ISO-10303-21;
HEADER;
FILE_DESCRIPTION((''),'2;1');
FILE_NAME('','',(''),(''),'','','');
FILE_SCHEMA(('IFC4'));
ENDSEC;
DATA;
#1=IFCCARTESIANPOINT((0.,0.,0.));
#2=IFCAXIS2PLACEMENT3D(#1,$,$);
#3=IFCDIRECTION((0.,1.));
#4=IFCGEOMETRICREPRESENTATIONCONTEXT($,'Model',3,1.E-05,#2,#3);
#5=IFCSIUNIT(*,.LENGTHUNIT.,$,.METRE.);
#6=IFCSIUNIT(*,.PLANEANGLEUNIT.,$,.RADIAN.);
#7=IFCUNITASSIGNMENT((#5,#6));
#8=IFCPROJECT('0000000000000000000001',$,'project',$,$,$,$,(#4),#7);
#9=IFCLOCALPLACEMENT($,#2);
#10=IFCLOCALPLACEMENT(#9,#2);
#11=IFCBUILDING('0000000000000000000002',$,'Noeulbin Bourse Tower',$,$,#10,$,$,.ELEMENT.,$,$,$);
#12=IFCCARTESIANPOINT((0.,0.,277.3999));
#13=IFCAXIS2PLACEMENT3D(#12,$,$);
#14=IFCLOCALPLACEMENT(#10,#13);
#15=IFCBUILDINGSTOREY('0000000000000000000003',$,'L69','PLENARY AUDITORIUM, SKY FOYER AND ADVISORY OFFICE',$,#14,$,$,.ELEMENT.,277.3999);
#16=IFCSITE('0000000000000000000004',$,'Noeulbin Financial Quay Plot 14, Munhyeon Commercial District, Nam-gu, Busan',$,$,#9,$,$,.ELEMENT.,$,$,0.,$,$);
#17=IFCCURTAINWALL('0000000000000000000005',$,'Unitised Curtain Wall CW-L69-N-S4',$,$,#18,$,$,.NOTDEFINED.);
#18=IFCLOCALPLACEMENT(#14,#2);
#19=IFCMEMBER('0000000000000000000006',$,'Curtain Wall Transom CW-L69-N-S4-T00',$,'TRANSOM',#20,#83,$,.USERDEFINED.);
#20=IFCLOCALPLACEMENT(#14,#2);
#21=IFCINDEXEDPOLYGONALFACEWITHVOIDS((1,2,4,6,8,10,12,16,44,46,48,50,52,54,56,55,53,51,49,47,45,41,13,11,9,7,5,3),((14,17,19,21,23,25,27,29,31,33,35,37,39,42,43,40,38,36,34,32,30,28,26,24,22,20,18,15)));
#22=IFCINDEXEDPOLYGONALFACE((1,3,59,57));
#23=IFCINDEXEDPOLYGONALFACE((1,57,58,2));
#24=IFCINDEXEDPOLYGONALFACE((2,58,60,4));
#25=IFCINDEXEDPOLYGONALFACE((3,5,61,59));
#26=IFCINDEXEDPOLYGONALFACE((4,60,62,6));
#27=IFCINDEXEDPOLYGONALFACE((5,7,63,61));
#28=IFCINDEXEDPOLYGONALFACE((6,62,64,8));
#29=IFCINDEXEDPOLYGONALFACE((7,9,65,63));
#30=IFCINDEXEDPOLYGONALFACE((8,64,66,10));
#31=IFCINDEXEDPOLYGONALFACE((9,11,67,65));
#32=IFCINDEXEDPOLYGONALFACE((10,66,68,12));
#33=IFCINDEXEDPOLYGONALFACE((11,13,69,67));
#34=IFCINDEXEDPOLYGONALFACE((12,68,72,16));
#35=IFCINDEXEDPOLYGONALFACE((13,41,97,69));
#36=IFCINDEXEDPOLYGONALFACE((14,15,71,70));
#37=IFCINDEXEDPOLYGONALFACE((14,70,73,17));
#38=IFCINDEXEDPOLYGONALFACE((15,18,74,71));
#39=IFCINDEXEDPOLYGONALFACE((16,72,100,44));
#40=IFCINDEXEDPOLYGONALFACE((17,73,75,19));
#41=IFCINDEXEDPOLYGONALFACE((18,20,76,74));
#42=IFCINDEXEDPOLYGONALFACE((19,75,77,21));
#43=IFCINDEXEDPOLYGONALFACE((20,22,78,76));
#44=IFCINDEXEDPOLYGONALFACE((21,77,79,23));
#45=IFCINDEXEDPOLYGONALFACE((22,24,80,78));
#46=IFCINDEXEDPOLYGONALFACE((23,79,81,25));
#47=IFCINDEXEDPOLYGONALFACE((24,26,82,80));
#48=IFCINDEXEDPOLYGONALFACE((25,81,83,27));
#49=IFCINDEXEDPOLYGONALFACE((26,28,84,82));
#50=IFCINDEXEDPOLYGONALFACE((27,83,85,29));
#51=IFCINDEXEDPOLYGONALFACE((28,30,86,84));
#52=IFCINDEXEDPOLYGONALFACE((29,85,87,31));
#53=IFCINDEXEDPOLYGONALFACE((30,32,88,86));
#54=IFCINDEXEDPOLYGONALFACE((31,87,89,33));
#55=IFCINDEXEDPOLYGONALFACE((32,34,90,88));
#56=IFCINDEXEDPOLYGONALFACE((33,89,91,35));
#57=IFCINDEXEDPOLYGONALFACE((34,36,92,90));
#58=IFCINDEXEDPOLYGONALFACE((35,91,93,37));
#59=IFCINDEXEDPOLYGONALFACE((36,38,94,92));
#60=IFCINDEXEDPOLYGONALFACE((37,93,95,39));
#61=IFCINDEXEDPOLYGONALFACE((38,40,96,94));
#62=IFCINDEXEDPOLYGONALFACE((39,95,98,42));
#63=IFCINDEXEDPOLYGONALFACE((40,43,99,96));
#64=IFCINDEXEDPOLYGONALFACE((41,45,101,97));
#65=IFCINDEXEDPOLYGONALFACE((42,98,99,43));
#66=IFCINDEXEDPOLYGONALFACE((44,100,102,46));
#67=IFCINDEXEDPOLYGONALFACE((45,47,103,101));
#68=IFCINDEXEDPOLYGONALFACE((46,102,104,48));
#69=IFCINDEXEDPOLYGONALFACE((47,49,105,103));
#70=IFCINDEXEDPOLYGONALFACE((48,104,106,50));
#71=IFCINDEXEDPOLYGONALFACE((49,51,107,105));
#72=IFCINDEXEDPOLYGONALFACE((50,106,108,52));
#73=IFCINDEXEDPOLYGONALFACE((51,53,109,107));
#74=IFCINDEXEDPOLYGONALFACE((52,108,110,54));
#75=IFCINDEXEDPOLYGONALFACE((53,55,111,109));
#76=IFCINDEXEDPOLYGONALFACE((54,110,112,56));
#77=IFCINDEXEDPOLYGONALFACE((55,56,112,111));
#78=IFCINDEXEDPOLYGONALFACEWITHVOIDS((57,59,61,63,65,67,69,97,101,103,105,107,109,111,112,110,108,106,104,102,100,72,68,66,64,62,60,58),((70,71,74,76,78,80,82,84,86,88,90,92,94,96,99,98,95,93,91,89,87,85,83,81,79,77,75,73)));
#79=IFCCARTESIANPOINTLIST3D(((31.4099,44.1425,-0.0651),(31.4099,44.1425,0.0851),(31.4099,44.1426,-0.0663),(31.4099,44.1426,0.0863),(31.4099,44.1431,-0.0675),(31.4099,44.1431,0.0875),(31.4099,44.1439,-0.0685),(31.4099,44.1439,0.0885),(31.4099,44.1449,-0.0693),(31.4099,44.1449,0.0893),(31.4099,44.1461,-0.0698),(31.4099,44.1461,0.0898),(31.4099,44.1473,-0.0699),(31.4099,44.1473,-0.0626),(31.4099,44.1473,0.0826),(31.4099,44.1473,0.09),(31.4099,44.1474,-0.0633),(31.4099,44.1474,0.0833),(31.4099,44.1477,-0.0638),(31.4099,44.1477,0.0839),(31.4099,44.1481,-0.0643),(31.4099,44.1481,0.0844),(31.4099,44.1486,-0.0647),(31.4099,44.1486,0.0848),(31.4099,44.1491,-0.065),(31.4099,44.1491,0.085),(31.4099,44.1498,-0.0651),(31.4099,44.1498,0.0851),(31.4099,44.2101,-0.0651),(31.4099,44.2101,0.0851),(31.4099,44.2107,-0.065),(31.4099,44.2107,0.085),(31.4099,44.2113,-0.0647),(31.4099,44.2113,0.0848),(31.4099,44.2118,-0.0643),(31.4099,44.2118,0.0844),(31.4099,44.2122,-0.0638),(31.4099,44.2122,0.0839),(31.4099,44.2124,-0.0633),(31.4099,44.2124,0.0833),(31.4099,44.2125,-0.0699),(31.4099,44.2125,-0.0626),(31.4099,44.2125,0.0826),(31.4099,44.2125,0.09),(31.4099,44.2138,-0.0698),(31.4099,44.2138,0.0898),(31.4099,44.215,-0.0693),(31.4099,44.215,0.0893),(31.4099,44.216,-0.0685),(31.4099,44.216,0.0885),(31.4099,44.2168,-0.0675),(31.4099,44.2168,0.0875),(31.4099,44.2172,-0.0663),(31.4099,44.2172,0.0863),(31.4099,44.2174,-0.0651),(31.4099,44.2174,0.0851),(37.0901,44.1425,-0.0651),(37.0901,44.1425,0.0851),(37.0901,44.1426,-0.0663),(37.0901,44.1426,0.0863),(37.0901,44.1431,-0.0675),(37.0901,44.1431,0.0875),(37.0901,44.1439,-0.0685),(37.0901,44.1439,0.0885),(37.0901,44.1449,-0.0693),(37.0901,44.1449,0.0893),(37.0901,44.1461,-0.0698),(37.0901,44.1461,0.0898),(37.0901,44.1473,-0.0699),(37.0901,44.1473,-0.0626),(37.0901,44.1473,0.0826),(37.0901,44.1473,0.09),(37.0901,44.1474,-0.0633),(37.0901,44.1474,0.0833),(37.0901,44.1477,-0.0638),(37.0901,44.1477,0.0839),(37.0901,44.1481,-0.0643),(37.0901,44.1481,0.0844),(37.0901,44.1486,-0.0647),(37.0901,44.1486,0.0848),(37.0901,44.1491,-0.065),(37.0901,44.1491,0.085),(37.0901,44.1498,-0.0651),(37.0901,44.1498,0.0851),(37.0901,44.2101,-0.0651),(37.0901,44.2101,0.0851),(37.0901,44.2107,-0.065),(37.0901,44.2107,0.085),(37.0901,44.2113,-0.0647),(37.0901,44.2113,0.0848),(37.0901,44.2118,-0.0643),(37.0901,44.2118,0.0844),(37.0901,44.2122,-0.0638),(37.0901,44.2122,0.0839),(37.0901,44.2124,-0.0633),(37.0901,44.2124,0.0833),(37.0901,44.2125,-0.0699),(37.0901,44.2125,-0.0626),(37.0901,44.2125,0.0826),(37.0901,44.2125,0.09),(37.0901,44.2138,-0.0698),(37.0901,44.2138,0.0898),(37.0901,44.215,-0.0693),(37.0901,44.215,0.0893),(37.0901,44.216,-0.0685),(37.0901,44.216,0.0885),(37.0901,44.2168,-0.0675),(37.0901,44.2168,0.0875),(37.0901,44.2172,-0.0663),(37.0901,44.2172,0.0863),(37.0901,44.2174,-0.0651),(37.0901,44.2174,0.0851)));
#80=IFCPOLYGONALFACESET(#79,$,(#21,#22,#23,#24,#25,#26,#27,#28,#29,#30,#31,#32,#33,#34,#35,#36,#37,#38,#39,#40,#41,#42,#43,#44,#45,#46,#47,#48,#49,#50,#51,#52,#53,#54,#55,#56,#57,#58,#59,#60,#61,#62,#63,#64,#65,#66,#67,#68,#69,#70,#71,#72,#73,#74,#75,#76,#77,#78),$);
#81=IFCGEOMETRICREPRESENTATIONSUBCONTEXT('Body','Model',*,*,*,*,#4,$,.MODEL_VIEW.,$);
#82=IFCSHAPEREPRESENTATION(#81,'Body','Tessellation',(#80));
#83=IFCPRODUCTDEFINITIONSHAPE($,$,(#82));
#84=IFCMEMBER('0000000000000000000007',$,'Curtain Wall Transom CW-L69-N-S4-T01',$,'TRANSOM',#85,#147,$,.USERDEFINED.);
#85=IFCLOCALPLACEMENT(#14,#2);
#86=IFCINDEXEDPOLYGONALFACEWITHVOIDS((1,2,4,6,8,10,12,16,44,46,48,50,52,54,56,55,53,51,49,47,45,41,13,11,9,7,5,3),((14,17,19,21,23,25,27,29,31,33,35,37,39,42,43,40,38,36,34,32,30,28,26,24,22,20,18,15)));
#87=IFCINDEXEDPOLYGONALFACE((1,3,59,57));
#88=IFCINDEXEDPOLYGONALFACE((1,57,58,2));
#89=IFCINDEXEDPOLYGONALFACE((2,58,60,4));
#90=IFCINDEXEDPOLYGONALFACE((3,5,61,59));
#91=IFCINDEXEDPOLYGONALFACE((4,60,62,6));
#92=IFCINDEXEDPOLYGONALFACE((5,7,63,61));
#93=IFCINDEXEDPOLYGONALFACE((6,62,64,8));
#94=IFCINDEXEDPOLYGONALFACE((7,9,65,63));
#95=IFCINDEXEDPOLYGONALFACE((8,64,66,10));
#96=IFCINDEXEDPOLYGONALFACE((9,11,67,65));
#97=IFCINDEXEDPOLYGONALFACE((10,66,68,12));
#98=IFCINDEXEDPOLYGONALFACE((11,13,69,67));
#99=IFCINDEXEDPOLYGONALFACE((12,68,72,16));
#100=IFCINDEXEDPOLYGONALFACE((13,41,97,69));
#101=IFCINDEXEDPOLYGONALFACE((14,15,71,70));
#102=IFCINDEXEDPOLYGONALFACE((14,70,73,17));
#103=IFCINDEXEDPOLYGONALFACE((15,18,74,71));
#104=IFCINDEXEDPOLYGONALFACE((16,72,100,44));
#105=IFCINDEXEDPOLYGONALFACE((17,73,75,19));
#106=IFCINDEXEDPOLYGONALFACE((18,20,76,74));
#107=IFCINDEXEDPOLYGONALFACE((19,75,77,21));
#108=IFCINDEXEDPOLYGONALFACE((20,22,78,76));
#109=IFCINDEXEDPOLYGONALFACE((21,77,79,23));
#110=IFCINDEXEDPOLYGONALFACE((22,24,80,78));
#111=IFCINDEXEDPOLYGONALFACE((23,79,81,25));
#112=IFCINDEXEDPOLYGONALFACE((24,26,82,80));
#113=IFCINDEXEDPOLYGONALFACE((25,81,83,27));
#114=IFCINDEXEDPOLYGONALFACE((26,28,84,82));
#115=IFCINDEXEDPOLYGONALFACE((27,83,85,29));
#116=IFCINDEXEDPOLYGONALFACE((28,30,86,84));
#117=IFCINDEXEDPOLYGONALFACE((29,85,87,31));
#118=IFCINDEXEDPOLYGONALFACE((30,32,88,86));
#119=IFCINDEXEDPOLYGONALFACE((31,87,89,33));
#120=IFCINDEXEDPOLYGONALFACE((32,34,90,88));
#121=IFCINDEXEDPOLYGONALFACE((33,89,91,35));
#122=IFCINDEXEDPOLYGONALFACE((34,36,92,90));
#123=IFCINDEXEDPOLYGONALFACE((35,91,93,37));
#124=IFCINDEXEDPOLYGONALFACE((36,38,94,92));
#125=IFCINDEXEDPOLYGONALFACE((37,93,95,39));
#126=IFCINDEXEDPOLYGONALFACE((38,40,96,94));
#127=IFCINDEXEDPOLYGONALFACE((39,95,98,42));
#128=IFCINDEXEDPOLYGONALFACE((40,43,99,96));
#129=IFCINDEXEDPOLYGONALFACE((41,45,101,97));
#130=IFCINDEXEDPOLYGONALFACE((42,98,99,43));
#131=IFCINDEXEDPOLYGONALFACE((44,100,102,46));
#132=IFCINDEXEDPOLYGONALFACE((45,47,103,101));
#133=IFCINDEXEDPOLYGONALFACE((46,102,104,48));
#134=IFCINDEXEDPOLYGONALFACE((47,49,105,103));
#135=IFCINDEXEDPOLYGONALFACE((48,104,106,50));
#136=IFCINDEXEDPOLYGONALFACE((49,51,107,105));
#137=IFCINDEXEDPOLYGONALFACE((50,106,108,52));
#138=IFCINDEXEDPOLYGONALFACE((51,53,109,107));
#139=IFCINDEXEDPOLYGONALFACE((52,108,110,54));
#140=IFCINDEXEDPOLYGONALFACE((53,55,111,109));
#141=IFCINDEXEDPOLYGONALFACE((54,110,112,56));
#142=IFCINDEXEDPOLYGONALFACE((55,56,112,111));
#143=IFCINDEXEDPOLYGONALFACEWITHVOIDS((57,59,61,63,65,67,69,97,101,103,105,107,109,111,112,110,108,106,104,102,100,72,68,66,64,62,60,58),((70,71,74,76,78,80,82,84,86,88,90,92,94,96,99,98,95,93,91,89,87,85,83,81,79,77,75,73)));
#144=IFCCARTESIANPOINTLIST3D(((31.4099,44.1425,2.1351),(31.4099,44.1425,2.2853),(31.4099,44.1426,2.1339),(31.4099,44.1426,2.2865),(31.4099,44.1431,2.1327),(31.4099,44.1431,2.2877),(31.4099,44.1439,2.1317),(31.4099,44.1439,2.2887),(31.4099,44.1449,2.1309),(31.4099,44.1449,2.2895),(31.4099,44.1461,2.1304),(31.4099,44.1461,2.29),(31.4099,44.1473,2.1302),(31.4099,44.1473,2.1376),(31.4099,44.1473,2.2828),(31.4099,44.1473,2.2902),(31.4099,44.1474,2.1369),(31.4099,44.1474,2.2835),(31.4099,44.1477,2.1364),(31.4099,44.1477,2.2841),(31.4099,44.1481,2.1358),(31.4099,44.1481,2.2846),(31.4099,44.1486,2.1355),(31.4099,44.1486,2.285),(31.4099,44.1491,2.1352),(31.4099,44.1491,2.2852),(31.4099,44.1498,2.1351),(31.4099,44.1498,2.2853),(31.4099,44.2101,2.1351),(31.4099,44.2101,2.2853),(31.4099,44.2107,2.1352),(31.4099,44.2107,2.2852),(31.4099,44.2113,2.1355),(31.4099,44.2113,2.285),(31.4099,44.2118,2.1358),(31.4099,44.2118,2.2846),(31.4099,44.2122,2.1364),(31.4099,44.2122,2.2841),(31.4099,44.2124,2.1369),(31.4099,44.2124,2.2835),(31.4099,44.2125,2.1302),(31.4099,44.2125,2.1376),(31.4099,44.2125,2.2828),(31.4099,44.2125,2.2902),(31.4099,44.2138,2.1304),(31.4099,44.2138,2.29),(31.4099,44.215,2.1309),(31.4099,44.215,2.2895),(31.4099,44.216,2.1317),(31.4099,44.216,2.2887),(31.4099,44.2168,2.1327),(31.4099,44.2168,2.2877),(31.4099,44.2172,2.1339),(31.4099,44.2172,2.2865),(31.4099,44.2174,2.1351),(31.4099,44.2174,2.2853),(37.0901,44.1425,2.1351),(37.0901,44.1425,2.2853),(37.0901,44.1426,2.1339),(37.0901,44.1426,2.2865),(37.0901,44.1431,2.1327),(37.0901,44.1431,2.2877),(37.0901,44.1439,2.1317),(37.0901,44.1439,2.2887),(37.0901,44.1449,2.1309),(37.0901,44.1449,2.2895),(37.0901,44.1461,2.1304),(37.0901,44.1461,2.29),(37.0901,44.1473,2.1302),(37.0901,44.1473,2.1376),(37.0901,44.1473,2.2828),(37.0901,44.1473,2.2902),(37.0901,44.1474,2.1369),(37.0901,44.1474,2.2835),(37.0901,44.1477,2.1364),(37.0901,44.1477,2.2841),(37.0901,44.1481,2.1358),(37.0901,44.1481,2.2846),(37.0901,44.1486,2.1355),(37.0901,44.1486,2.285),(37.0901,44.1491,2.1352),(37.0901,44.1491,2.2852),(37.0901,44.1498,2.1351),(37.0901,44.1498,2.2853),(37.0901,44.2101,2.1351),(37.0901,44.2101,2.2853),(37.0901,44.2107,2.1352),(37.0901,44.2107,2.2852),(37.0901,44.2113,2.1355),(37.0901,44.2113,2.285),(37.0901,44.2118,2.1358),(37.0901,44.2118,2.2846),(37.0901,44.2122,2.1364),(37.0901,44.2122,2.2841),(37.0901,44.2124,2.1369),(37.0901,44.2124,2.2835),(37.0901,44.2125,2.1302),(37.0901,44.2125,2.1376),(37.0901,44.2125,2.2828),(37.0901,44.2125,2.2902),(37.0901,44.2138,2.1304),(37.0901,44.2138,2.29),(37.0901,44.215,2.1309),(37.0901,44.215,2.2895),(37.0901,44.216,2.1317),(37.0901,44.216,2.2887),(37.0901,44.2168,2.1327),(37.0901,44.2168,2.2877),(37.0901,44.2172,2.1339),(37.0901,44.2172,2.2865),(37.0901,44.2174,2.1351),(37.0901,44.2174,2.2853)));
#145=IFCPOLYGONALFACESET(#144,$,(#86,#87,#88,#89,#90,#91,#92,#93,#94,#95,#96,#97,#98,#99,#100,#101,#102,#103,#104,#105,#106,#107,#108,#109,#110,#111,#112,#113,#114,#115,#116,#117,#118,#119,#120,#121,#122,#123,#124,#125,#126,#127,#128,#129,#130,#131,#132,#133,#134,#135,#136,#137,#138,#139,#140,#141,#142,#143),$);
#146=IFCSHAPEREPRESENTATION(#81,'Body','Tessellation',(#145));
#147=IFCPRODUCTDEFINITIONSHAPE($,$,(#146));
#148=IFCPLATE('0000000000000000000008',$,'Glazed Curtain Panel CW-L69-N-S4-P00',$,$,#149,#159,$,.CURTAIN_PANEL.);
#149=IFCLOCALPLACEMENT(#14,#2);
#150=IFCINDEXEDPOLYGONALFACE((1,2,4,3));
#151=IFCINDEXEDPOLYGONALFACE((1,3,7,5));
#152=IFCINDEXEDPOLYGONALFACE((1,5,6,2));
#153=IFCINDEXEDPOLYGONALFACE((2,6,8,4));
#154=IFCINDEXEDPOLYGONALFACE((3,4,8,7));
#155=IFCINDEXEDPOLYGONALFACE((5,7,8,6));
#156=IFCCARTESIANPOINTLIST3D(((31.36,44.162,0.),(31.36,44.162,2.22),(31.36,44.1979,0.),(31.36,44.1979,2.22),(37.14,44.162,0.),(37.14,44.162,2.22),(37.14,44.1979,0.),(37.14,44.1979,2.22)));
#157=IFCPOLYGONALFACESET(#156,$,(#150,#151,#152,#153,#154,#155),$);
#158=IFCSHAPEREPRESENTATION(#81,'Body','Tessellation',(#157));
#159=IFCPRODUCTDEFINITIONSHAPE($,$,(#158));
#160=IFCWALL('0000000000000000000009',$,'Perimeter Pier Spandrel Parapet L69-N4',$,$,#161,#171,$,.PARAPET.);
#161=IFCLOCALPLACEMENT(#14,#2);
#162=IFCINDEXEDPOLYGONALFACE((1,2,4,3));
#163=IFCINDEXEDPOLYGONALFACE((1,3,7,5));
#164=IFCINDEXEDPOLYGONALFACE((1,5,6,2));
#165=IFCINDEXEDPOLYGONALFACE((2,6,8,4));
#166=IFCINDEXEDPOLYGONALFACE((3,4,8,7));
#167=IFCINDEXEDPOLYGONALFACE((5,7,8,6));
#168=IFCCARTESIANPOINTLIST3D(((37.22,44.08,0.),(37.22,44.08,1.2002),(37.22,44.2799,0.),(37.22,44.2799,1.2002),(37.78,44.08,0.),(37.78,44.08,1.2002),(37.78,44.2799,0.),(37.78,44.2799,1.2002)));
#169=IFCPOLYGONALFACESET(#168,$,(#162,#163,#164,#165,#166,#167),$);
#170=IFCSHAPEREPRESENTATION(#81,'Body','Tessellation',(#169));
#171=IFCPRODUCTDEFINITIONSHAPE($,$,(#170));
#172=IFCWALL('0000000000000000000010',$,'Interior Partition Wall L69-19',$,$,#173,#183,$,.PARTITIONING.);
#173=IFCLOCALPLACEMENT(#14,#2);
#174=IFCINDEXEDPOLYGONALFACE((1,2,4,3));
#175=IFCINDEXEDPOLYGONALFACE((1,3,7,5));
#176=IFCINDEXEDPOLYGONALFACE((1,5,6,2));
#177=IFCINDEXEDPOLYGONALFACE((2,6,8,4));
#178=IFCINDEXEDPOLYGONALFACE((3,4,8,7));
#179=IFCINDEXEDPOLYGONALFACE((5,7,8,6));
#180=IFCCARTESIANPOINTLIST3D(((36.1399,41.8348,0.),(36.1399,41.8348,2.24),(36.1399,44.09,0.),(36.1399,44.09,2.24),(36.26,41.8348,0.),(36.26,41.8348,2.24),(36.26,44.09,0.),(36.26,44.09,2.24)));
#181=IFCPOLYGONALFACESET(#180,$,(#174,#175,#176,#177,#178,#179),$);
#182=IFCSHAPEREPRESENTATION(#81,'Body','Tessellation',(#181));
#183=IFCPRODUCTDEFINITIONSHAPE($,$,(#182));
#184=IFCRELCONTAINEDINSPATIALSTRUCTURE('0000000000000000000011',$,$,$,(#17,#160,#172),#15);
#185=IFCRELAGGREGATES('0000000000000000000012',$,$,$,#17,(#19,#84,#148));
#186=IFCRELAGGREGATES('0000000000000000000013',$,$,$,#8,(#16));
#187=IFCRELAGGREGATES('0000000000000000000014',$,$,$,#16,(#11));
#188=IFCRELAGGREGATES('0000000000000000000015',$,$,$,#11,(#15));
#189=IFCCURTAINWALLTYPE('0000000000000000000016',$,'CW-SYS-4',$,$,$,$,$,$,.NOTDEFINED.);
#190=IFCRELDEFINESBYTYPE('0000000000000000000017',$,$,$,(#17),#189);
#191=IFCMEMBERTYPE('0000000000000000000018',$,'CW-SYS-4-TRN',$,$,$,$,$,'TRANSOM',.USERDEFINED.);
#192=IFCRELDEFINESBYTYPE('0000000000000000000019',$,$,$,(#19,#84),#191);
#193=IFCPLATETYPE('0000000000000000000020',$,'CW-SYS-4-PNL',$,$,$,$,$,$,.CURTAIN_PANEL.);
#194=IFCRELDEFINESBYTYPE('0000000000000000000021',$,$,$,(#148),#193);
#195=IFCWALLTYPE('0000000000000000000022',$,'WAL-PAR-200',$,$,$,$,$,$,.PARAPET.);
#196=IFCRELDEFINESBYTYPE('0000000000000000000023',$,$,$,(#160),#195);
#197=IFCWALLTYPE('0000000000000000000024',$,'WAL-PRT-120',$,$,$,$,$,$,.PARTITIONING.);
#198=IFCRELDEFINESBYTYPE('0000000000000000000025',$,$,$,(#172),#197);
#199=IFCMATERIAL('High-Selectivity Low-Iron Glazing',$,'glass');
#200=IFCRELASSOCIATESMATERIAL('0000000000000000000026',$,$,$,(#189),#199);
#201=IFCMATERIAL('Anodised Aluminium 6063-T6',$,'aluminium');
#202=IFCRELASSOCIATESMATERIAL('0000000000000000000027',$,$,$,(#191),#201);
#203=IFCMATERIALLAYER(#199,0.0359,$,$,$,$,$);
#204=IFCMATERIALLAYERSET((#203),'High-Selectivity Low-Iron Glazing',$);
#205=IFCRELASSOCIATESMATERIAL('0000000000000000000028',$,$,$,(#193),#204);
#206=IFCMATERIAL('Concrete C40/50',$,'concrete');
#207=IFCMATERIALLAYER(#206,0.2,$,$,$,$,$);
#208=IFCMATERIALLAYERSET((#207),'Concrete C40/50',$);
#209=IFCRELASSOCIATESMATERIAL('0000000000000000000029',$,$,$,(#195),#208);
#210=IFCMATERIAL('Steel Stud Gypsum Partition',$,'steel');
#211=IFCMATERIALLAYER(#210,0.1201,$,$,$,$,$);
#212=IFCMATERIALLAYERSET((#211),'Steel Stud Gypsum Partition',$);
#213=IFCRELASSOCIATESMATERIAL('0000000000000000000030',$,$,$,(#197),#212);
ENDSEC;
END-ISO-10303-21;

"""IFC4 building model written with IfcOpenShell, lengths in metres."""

from ifc_helpers import new_model, si_unit, direction, frame, frame_2d, origin, origin_2d, place, context, subcontext, project, spatial, rectangle, hollow_rectangle, extrude, material, layer, layer_set, material_profile, profile_set, type_object, element, aggregate, save


model = new_model("IFC4")

# Units and contexts
model_context = context("Model", 3, precision=1e-05, world=origin(), true_north=direction((0.0, 1.0)))
body_context = subcontext(model_context, "Body", "Model", "MODEL_VIEW")
ifc_project = project(units=[si_unit("LENGTHUNIT", "METRE"), si_unit("PLANEANGLEUNIT", "RADIAN")], contexts=[model_context])

# Site, building, storey
site_placement = place(None, origin())
site = spatial("IfcSite", under=ifc_project, at=site_placement, Name="Noeulbin Financial Quay Plot 14, Munhyeon Commercial District, Nam-gu, Busan", CompositionType="ELEMENT", RefElevation=0.0)
building_placement = place(site_placement, origin())
building = spatial("IfcBuilding", under=site, at=building_placement, Name="Noeulbin Bourse Tower", CompositionType="ELEMENT")
storey_placement = place(building_placement, frame((0.0, 0.0, 277.3999)))
storey = spatial("IfcBuildingStorey", under=building, at=storey_placement, Name="L69", Description="PLENARY AUDITORIUM, SKY FOYER AND ADVISORY OFFICE", CompositionType="ELEMENT", Elevation=277.3999)

# Curtain wall, members, plate
ifc_material_1 = material(Name="High-Selectivity Low-Iron Glazing", Category="glass")
curtain_wall_type = type_object("IfcCurtainWallType", Name="CW-SYS-4", PredefinedType="NOTDEFINED", material=ifc_material_1)
curtain_wall_placement = place(storey_placement, origin())
curtain_wall = element("IfcCurtainWall", 1, at=curtain_wall_placement, inside=storey, type_object=curtain_wall_type, Name="Unitised Curtain Wall CW-L69-N-S4", PredefinedType="NOTDEFINED")
ifc_material_2 = material(Name="Anodised Aluminium 6063-T6", Category="aluminium")
ifc_material_profile_1 = material_profile(ifc_material_2, hollow_rectangle(XDim=0.075, YDim=0.1599, WallThickness=0.0049, InnerFilletRadius=0.0024, OuterFilletRadius=0.0049, at=origin_2d()), Name="ALU-TRAN-75x160x5", Category="LoadBearing")
ifc_profile_set_1 = profile_set([ifc_material_profile_1], Name="Anodised Aluminium 6063-T6")
member_type_1 = type_object("IfcMemberType", Name="CW-SYS-4-TRN", ElementType="TRANSOM", PredefinedType="USERDEFINED", material=ifc_profile_set_1)
member_1_placement = place(storey_placement, frame((31.4099, 44.1799, 0.01), z_axis=(1.0, 0.0, 0.0), x_axis=(0.0, 1.0, 0.0)))
member_1 = element("IfcMember", 2, at=member_1_placement, type_object=member_type_1, Name="Curtain Wall Transom CW-L69-N-S4-T00", ObjectType="TRANSOM", PredefinedType="USERDEFINED", context=body_context, shape_type="SweptSolid", body=[
    extrude(hollow_rectangle(XDim=0.075, YDim=0.1599, WallThickness=0.0049, InnerFilletRadius=0.0024, OuterFilletRadius=0.0049, at=origin_2d()), origin(), (0.0, 0.0, 1.0), 5.6802),
])
member_2_placement = place(storey_placement, frame((31.4099, 44.1799, 2.2102), z_axis=(1.0, 0.0, 0.0), x_axis=(0.0, 1.0, 0.0)))
member_2 = element("IfcMember", 3, at=member_2_placement, type_object=member_type_1, Name="Curtain Wall Transom CW-L69-N-S4-T01", ObjectType="TRANSOM", PredefinedType="USERDEFINED", context=body_context, shape_type="SweptSolid", body=[
    extrude(hollow_rectangle(XDim=0.075, YDim=0.1599, WallThickness=0.0049, InnerFilletRadius=0.0024, OuterFilletRadius=0.0049, at=origin_2d()), origin(), (0.0, 0.0, 1.0), 5.6802),
])
ifc_layer_1 = layer(ifc_material_1, 0.0359)
ifc_layer_set_1 = layer_set([ifc_layer_1], Name="High-Selectivity Low-Iron Glazing")
plate_type = type_object("IfcPlateType", Name="CW-SYS-4-PNL", PredefinedType="CURTAIN_PANEL", material=ifc_layer_set_1)
plate_placement = place(storey_placement, frame((34.25, 44.1799, 0.0), z_axis=(0.0, 0.0, 1.0), x_axis=(1.0, 0.0, 0.0)))
plate = element("IfcPlate", 4, at=plate_placement, type_object=plate_type, Name="Glazed Curtain Panel CW-L69-N-S4-P00", PredefinedType="CURTAIN_PANEL", context=body_context, shape_type="SweptSolid", body=[
    extrude(rectangle(XDim=5.78, YDim=0.0359, at=origin_2d()), origin(), (0.0, 0.0, 1.0), 2.22),
])
aggregate(curtain_wall, [member_1, member_2, plate])

# Walls
ifc_material_3 = material(Name="Concrete C40/50", Category="concrete")
ifc_layer_2 = layer(ifc_material_3, 0.2)
ifc_layer_set_2 = layer_set([ifc_layer_2], Name="Concrete C40/50")
wall_type_1 = type_object("IfcWallType", Name="WAL-PAR-200", PredefinedType="PARAPET", material=ifc_layer_set_2)
wall_1_placement = place(storey_placement, frame((37.22, 44.1799, 0.0), z_axis=(0.0, 0.0, 1.0), x_axis=(1.0, 0.0, 0.0)))
element("IfcWall", 5, at=wall_1_placement, inside=storey, type_object=wall_type_1, Name="Perimeter Pier Spandrel Parapet L69-N4", PredefinedType="PARAPET", context=body_context, shape_type="SweptSolid", body=[
    extrude(rectangle(XDim=0.5601, YDim=0.2, at=frame_2d((0.28, 0.0))), origin(), (0.0, 0.0, 1.0), 1.2002),
])
ifc_material_4 = material(Name="Steel Stud Gypsum Partition", Category="steel")
ifc_layer_3 = layer(ifc_material_4, 0.1201)
ifc_layer_set_3 = layer_set([ifc_layer_3], Name="Steel Stud Gypsum Partition")
wall_type_2 = type_object("IfcWallType", Name="WAL-PRT-120", PredefinedType="PARTITIONING", material=ifc_layer_set_3)
wall_2_placement = place(storey_placement, frame((36.2, 41.835, 0.0), z_axis=(0.0, 0.0, 1.0), x_axis=(0.0, 1.0, 0.0)))
element("IfcWall", 6, at=wall_2_placement, inside=storey, type_object=wall_type_2, Name="Interior Partition Wall L69-19", PredefinedType="PARTITIONING", context=body_context, shape_type="SweptSolid", body=[
    extrude(rectangle(XDim=2.2551, YDim=0.1201, at=frame_2d((1.1274, 0.0))), origin(), (0.0, 0.0, 1.0), 2.24),
])

save(model, "model.ifc")
